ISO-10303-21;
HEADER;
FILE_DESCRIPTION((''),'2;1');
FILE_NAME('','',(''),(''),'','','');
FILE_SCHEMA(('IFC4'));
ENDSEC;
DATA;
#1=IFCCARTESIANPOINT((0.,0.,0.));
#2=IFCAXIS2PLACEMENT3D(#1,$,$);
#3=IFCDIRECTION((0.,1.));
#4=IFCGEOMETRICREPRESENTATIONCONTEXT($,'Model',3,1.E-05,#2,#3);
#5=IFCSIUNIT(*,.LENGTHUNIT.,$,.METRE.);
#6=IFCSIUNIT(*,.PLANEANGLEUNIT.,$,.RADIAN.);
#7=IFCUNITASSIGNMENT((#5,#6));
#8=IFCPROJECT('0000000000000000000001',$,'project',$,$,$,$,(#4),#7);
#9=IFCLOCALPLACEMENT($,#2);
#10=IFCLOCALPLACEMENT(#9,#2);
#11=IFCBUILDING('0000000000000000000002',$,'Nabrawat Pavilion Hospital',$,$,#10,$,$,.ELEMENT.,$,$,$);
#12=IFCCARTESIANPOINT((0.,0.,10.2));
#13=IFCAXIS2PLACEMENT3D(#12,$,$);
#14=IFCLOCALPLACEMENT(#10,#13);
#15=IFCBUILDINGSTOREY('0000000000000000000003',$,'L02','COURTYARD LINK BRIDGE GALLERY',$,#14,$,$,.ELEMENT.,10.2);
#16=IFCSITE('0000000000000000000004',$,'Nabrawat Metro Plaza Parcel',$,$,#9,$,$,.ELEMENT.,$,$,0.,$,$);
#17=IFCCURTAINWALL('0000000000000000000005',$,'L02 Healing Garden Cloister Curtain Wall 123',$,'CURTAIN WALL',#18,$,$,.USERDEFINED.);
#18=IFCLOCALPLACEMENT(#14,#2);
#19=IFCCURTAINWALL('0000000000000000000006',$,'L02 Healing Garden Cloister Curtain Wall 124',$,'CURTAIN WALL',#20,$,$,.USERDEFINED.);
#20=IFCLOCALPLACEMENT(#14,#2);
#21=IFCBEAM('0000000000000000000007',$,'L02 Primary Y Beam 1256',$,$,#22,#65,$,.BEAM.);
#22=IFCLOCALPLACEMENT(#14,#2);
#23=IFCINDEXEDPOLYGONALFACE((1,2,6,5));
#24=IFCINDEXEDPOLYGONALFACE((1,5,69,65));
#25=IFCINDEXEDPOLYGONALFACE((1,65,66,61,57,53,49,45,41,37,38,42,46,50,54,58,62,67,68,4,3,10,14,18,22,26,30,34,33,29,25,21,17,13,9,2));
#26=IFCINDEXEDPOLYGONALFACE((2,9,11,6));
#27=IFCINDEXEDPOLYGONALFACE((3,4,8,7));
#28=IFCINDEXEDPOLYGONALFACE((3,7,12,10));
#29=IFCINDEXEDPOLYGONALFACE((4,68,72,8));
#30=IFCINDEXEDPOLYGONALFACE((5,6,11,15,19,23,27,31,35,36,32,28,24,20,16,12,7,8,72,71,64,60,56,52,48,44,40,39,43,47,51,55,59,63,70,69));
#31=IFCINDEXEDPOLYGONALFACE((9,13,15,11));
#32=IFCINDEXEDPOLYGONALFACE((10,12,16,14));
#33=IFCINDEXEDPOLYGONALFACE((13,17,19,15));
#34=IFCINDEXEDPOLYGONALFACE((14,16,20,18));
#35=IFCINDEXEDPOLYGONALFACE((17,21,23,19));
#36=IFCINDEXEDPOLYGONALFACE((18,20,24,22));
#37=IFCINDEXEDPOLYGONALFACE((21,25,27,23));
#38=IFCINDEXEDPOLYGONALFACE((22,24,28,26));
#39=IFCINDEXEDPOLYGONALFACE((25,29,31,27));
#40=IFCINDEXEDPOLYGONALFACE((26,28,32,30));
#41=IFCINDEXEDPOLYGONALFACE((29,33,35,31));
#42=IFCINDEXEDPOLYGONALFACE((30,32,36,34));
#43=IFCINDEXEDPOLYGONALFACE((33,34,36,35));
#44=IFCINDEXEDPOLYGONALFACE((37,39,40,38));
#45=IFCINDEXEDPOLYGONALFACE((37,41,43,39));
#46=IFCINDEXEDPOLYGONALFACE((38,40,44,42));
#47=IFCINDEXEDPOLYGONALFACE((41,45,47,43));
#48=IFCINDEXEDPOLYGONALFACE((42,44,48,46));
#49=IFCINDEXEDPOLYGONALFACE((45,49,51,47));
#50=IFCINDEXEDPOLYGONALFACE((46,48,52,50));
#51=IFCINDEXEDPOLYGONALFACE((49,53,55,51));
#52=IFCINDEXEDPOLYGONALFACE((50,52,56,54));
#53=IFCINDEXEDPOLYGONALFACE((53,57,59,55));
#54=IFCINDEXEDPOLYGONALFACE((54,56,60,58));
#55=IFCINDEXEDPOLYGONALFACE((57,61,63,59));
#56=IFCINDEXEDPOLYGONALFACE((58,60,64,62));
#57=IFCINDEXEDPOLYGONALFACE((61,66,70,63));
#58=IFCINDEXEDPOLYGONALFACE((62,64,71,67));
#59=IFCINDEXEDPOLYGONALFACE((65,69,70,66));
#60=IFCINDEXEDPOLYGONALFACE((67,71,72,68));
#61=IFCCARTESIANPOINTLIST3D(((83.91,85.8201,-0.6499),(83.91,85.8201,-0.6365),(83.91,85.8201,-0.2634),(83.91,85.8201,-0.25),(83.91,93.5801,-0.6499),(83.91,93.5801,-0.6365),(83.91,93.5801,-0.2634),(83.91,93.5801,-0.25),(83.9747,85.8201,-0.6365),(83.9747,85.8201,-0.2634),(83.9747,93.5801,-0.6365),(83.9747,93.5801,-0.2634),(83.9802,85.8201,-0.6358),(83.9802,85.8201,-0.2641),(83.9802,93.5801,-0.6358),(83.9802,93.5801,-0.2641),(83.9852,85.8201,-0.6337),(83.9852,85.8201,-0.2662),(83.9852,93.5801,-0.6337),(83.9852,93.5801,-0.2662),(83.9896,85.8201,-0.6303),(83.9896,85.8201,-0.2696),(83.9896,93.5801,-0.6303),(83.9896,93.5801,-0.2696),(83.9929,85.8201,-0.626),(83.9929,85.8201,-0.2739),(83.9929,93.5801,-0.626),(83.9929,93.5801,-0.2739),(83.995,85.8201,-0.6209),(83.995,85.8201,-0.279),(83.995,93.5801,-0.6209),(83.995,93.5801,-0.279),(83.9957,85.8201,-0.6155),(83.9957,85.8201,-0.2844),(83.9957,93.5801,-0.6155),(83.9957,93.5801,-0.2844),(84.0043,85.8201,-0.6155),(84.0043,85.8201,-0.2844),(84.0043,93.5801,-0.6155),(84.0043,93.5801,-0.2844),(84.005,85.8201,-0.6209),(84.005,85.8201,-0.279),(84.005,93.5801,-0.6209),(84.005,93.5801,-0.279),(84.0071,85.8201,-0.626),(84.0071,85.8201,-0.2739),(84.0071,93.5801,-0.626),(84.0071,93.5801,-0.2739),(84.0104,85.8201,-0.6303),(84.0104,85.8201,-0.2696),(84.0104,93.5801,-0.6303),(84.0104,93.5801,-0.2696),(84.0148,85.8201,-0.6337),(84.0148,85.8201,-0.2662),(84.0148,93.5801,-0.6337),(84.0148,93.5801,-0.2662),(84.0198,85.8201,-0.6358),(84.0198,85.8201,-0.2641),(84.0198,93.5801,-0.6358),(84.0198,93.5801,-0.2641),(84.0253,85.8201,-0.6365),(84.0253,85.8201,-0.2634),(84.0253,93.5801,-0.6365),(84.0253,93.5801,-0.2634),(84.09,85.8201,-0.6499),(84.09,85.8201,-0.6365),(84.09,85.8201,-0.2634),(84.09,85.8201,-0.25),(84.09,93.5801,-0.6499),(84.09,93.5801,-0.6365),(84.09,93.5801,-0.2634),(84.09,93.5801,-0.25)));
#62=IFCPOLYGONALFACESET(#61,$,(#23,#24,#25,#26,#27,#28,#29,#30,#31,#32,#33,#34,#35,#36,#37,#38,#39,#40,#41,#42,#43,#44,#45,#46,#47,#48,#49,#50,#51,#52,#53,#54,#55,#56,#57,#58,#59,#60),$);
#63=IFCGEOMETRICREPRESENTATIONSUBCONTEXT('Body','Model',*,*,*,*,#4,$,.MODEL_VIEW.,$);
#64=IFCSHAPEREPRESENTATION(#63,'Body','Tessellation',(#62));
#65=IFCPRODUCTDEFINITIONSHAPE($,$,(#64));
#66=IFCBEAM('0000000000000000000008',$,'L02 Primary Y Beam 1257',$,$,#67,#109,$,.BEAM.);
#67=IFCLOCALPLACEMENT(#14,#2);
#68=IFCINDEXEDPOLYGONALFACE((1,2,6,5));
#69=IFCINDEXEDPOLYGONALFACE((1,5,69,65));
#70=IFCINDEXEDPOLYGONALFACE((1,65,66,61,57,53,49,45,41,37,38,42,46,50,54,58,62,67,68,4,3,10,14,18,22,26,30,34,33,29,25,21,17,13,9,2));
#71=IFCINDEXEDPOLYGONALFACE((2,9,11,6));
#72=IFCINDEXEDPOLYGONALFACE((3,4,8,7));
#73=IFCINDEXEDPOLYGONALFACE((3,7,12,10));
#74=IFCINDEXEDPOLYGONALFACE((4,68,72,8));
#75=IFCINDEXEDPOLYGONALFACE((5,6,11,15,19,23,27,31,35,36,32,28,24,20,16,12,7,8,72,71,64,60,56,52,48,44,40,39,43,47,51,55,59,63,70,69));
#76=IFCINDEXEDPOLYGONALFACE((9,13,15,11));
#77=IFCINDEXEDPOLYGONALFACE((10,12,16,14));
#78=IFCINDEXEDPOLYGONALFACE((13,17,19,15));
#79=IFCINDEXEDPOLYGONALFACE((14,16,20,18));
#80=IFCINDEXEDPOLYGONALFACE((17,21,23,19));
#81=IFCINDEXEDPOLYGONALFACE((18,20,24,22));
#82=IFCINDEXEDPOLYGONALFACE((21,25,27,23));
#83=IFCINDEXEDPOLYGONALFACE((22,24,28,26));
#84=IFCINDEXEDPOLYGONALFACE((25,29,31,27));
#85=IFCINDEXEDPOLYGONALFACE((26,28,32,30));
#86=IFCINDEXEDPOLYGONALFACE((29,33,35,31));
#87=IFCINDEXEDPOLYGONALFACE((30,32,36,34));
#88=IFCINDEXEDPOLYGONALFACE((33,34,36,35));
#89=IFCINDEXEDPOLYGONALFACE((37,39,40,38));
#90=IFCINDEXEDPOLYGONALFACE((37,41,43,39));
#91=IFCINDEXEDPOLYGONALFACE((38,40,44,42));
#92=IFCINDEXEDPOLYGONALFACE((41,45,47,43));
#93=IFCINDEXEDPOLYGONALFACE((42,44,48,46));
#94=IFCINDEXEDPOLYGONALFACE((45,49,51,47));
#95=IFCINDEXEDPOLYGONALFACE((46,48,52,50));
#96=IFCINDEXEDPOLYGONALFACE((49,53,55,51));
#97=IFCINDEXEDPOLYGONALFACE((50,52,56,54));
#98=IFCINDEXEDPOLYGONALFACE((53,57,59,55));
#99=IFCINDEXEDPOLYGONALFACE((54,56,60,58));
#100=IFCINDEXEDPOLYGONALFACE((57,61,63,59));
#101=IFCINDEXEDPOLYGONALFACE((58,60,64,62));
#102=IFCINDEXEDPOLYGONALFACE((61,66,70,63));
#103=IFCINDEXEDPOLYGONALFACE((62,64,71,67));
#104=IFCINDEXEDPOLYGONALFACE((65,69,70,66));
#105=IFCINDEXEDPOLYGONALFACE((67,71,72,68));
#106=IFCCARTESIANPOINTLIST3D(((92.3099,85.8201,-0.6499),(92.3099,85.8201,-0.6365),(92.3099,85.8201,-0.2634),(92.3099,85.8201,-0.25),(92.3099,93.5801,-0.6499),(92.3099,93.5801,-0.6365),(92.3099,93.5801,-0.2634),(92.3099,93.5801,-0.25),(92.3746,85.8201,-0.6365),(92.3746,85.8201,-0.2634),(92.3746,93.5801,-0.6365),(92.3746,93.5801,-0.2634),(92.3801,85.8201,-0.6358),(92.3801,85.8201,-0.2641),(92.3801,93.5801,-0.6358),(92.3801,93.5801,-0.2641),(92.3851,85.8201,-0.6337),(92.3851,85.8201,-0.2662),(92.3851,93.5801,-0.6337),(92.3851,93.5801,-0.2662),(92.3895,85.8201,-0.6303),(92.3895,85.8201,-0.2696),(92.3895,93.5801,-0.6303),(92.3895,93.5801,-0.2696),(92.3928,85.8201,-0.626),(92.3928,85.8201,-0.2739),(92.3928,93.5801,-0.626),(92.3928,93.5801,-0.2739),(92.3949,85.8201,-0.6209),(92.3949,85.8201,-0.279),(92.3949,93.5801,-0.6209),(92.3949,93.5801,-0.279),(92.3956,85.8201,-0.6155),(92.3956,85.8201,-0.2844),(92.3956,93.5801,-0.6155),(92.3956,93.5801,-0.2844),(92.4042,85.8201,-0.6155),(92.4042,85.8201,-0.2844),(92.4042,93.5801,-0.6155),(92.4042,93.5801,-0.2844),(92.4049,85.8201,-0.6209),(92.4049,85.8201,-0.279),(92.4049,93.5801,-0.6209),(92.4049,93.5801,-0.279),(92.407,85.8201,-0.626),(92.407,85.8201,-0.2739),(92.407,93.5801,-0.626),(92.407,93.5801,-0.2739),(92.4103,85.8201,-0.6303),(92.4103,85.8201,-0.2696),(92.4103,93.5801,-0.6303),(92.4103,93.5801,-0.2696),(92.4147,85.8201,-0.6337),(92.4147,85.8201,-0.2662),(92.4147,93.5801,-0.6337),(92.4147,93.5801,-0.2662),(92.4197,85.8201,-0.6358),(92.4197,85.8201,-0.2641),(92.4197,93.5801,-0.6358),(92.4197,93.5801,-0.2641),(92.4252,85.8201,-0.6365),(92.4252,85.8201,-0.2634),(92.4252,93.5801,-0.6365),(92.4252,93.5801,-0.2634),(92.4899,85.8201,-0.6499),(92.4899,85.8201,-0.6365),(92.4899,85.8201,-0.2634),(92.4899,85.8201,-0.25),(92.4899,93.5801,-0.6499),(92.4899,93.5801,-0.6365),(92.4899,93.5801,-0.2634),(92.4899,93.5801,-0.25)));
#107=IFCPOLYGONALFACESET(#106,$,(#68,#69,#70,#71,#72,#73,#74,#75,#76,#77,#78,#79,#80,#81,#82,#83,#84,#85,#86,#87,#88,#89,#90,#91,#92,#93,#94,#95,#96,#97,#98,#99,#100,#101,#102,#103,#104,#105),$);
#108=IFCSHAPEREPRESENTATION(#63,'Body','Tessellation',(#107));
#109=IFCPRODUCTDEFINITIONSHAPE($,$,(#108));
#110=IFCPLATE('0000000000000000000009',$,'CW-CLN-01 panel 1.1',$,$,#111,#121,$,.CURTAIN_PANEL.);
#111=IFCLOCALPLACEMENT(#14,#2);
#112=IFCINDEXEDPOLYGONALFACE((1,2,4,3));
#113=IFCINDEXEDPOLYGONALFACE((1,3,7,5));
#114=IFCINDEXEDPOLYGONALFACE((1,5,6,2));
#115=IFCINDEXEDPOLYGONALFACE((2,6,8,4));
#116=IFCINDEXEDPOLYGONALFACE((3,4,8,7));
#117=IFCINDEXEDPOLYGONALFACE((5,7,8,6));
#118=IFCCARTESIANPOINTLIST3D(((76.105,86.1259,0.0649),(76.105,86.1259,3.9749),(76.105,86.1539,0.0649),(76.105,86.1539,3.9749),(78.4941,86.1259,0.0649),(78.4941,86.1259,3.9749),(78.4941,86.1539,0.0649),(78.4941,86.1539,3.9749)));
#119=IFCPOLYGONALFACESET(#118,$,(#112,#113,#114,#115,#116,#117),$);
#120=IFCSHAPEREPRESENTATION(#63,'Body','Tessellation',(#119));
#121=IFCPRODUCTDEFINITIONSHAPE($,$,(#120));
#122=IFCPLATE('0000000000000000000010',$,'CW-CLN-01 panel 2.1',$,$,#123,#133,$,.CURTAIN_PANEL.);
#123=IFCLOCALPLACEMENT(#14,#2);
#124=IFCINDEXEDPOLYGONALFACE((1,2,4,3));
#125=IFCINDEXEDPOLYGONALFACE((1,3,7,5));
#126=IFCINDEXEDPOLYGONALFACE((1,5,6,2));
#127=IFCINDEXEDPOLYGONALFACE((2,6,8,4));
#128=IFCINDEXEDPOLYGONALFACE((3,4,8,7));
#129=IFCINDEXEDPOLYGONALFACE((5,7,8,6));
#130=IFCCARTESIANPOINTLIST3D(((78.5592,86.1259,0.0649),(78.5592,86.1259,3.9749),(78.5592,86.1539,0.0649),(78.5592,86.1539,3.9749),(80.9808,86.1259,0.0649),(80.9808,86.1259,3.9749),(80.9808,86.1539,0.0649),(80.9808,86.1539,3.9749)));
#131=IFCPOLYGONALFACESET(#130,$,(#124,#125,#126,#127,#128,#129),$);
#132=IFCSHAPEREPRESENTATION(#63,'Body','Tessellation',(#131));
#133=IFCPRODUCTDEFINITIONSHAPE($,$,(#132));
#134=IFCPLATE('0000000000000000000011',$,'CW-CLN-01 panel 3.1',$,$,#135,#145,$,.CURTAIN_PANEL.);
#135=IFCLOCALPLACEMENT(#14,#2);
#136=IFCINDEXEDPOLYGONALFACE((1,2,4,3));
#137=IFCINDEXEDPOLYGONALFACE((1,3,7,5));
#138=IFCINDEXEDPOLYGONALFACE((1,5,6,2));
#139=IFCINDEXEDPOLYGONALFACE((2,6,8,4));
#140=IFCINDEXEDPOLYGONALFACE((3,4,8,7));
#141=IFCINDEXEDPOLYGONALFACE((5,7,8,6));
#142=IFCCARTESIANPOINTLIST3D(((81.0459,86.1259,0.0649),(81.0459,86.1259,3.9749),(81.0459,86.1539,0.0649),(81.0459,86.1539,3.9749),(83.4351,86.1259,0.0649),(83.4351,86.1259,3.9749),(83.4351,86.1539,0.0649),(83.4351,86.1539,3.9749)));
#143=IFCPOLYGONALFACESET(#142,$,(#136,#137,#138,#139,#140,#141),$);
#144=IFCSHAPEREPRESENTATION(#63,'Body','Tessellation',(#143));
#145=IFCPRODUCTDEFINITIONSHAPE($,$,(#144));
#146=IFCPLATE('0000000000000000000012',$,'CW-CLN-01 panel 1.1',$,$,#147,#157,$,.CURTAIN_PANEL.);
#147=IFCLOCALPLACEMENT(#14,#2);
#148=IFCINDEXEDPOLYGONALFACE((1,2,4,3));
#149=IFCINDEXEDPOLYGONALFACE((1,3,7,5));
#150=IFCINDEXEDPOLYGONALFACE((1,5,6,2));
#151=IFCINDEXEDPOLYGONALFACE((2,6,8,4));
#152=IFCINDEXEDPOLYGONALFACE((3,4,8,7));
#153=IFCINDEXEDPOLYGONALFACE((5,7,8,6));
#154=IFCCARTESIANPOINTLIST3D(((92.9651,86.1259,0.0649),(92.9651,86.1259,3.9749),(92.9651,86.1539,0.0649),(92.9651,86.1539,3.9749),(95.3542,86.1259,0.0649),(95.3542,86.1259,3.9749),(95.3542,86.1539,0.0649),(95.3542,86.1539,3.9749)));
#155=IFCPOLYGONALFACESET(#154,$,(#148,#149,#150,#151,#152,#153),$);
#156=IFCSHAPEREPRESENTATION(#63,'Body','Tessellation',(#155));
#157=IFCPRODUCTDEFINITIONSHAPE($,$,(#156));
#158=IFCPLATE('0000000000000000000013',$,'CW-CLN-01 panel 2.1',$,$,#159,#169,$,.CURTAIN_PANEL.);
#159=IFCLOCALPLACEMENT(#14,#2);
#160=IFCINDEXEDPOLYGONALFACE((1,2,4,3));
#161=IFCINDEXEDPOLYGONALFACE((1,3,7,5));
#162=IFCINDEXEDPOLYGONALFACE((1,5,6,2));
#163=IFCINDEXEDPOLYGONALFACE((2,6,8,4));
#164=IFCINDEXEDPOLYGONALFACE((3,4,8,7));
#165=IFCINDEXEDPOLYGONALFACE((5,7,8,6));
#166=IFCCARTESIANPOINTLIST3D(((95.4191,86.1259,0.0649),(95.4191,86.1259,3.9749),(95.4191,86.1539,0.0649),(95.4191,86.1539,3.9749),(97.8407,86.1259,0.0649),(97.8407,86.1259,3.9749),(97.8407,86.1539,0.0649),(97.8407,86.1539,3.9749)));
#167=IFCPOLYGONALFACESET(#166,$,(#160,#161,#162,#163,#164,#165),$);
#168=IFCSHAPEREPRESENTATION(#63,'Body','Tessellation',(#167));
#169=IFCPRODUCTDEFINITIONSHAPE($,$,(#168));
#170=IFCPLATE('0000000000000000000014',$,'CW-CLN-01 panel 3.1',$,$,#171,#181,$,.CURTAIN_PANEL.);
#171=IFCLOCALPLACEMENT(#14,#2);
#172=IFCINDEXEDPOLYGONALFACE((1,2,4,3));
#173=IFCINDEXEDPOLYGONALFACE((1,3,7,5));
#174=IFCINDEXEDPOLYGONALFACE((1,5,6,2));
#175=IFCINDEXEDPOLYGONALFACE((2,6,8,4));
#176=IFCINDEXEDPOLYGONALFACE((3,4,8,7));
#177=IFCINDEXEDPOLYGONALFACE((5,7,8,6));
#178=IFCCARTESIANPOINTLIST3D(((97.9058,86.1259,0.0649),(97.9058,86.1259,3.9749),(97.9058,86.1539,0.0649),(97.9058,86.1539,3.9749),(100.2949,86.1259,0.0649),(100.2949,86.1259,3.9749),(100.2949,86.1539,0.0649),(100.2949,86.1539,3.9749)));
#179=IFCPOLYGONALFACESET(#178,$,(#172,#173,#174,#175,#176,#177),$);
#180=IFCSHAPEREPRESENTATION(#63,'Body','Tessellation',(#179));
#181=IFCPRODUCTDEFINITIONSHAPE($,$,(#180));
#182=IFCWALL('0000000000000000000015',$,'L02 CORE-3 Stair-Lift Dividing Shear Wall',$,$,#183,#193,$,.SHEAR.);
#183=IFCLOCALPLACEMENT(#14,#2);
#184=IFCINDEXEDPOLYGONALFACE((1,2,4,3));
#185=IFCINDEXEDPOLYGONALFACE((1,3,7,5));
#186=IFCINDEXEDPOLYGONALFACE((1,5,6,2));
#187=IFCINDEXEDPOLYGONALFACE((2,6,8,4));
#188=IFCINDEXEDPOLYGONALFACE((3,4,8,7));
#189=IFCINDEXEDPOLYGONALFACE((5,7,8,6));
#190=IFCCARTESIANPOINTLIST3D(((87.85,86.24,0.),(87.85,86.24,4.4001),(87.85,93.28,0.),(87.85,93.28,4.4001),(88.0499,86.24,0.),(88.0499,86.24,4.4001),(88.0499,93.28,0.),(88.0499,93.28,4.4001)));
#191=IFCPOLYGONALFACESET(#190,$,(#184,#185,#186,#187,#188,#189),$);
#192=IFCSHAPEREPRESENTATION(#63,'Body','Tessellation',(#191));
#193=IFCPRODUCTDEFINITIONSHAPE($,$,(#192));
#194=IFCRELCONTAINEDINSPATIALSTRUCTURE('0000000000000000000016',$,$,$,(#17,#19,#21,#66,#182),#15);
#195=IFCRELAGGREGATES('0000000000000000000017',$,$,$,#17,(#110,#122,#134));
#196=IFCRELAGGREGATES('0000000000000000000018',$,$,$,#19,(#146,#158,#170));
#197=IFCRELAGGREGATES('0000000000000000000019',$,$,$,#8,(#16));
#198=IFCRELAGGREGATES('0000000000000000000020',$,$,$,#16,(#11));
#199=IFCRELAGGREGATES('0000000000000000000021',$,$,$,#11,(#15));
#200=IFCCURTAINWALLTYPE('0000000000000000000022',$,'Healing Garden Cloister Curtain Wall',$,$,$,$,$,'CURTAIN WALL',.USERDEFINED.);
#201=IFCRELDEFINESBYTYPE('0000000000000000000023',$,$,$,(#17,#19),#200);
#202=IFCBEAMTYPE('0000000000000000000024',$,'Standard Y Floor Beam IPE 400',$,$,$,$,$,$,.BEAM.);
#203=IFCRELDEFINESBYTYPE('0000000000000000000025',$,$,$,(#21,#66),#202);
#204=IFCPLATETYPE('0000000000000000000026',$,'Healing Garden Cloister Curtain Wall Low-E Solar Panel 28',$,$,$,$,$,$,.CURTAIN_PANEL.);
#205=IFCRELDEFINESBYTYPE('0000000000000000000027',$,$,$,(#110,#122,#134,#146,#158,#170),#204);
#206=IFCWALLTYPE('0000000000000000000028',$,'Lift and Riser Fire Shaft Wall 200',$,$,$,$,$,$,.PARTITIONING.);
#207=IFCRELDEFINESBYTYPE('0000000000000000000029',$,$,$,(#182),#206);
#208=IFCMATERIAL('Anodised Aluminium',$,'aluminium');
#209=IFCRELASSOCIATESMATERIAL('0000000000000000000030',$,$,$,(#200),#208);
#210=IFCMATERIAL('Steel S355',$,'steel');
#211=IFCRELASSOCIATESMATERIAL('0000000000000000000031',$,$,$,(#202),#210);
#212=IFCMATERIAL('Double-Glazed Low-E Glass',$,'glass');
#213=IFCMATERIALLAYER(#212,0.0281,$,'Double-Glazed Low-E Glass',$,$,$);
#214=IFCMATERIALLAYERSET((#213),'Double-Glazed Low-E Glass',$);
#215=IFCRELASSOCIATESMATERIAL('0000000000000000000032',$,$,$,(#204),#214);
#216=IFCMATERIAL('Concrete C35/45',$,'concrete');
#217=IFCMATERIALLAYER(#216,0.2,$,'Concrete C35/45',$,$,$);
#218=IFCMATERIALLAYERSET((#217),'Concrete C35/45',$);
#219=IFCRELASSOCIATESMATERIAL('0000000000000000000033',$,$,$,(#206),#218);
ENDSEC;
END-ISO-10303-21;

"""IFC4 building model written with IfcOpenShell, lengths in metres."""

from ifc_helpers import new_model, si_unit, direction, frame, frame_2d, origin, origin_2d, place, context, subcontext, project, spatial, rectangle, i_section, extrude, material, layer, layer_set, material_profile, profile_set, type_object, element, aggregate, save


model = new_model("IFC4")

# Units and contexts
model_context = context("Model", 3, precision=1e-05, world=origin(), true_north=direction((0.0, 1.0)))
body_context = subcontext(model_context, "Body", "Model", "MODEL_VIEW")
ifc_project = project(units=[si_unit("LENGTHUNIT", "METRE"), si_unit("PLANEANGLEUNIT", "RADIAN")], contexts=[model_context])

# Site, building, storey
site_placement = place(None, origin())
site = spatial("IfcSite", under=ifc_project, at=site_placement, Name="Nabrawat Metro Plaza Parcel", CompositionType="ELEMENT", RefElevation=0.0)
building_placement = place(site_placement, origin())
building = spatial("IfcBuilding", under=site, at=building_placement, Name="Nabrawat Pavilion Hospital", CompositionType="ELEMENT")
storey_placement = place(building_placement, frame((0.0, 0.0, 10.2)))
storey = spatial("IfcBuildingStorey", under=building, at=storey_placement, Name="L02", Description="COURTYARD LINK BRIDGE GALLERY", CompositionType="ELEMENT", Elevation=10.2)

# Curtain walls
ifc_material_1 = material(Name="Anodised Aluminium", Category="aluminium")
curtain_wall_type = type_object("IfcCurtainWallType", Name="Healing Garden Cloister Curtain Wall", ElementType="CURTAIN WALL", PredefinedType="USERDEFINED", material=ifc_material_1)
curtain_wall_1_placement = place(storey_placement, origin())
curtain_wall_1 = element("IfcCurtainWall", 1, at=curtain_wall_1_placement, inside=storey, type_object=curtain_wall_type, Name="L02 Healing Garden Cloister Curtain Wall 123", ObjectType="CURTAIN WALL", PredefinedType="USERDEFINED")
curtain_wall_2_placement = place(storey_placement, origin())
curtain_wall_2 = element("IfcCurtainWall", 2, at=curtain_wall_2_placement, inside=storey, type_object=curtain_wall_type, Name="L02 Healing Garden Cloister Curtain Wall 124", ObjectType="CURTAIN WALL", PredefinedType="USERDEFINED")

# Beams
ifc_material_2 = material(Name="Steel S355", Category="steel")
ifc_material_profile_1 = material_profile(ifc_material_2, i_section(OverallWidth=0.1799, OverallDepth=0.3999, WebThickness=0.0085, FlangeThickness=0.0134, FilletRadius=0.021, at=origin_2d()), Name="IPE 400")
ifc_profile_set_1 = profile_set([ifc_material_profile_1], Name="Steel S355")
beam_type_1 = type_object("IfcBeamType", Name="Standard Y Floor Beam IPE 400", PredefinedType="BEAM", material=ifc_profile_set_1)
for number, where, z_axis, x_axis, name in (
    (3, (84.0, 85.8201, -0.45), (0.0, 1.0, 0.0), (-1.0, 0.0, 0.0), "L02 Primary Y Beam 1256"),
    (4, (92.3999, 85.8201, -0.45), (0.0, 1.0, 0.0), (-1.0, 0.0, 0.0), "L02 Primary Y Beam 1257"),
):
    element("IfcBeam", number, at=place(storey_placement, frame(where, z_axis=z_axis, x_axis=x_axis)), inside=storey, type_object=beam_type_1, Name=name, PredefinedType="BEAM", context=body_context, shape_type="SweptSolid", body=[
        extrude(i_section(OverallWidth=0.1799, OverallDepth=0.3999, WebThickness=0.0085, FlangeThickness=0.0134, FilletRadius=0.021, at=origin_2d()), origin(), (0.0, 0.0, 1.0), 7.76),
    ])

# Plates
ifc_material_3 = material(Name="Double-Glazed Low-E Glass", Category="glass")
ifc_layer_1 = layer(ifc_material_3, 0.0281, Name="Double-Glazed Low-E Glass")
ifc_layer_set_1 = layer_set([ifc_layer_1], Name="Double-Glazed Low-E Glass")
plate_type = type_object("IfcPlateType", Name="Healing Garden Cloister Curtain Wall Low-E Solar Panel 28", PredefinedType="CURTAIN_PANEL", material=ifc_layer_set_1)
plate_1_placement = place(storey_placement, frame((77.2996, 86.1399, 0.0649), z_axis=(0.0, 0.0, 1.0), x_axis=(1.0, 0.0, 0.0)))
plate_1 = element("IfcPlate", 5, at=plate_1_placement, type_object=plate_type, Name="CW-CLN-01 panel 1.1", PredefinedType="CURTAIN_PANEL", context=body_context, shape_type="SweptSolid", body=[
    extrude(rectangle(XDim=2.3892, YDim=0.0281, at=origin_2d()), origin(), (0.0, 0.0, 1.0), 3.9099),
])
plate_2_placement = place(storey_placement, frame((79.77, 86.1399, 0.0649), z_axis=(0.0, 0.0, 1.0), x_axis=(1.0, 0.0, 0.0)))
plate_2 = element("IfcPlate", 6, at=plate_2_placement, type_object=plate_type, Name="CW-CLN-01 panel 2.1", PredefinedType="CURTAIN_PANEL", context=body_context, shape_type="SweptSolid", body=[
    extrude(rectangle(XDim=2.4216, YDim=0.0281, at=origin_2d()), origin(), (0.0, 0.0, 1.0), 3.9099),
])
plate_3_placement = place(storey_placement, frame((82.2405, 86.1399, 0.0649), z_axis=(0.0, 0.0, 1.0), x_axis=(1.0, 0.0, 0.0)))
plate_3 = element("IfcPlate", 7, at=plate_3_placement, type_object=plate_type, Name="CW-CLN-01 panel 3.1", PredefinedType="CURTAIN_PANEL", context=body_context, shape_type="SweptSolid", body=[
    extrude(rectangle(XDim=2.3892, YDim=0.0281, at=origin_2d()), origin(), (0.0, 0.0, 1.0), 3.9099),
])
aggregate(curtain_wall_1, [plate_1, plate_2, plate_3])
plate_4_placement = place(storey_placement, frame((94.1597, 86.1399, 0.0649), z_axis=(0.0, 0.0, 1.0), x_axis=(1.0, 0.0, 0.0)))
plate_4 = element("IfcPlate", 8, at=plate_4_placement, type_object=plate_type, Name="CW-CLN-01 panel 1.1", PredefinedType="CURTAIN_PANEL", context=body_context, shape_type="SweptSolid", body=[
    extrude(rectangle(XDim=2.3892, YDim=0.0281, at=origin_2d()), origin(), (0.0, 0.0, 1.0), 3.9099),
])
plate_5_placement = place(storey_placement, frame((96.6299, 86.1399, 0.0649), z_axis=(0.0, 0.0, 1.0), x_axis=(1.0, 0.0, 0.0)))
plate_5 = element("IfcPlate", 9, at=plate_5_placement, type_object=plate_type, Name="CW-CLN-01 panel 2.1", PredefinedType="CURTAIN_PANEL", context=body_context, shape_type="SweptSolid", body=[
    extrude(rectangle(XDim=2.4216, YDim=0.0281, at=origin_2d()), origin(), (0.0, 0.0, 1.0), 3.9099),
])
plate_6_placement = place(storey_placement, frame((99.1003, 86.1399, 0.0649), z_axis=(0.0, 0.0, 1.0), x_axis=(1.0, 0.0, 0.0)))
plate_6 = element("IfcPlate", 10, at=plate_6_placement, type_object=plate_type, Name="CW-CLN-01 panel 3.1", PredefinedType="CURTAIN_PANEL", context=body_context, shape_type="SweptSolid", body=[
    extrude(rectangle(XDim=2.3892, YDim=0.0281, at=origin_2d()), origin(), (0.0, 0.0, 1.0), 3.9099),
])
aggregate(curtain_wall_2, [plate_4, plate_5, plate_6])

# Wall
ifc_material_4 = material(Name="Concrete C35/45", Category="concrete")
ifc_layer_2 = layer(ifc_material_4, 0.2, Name="Concrete C35/45")
ifc_layer_set_2 = layer_set([ifc_layer_2], Name="Concrete C35/45")
wall_type_1 = type_object("IfcWallType", Name="Lift and Riser Fire Shaft Wall 200", PredefinedType="PARTITIONING", material=ifc_layer_set_2)
wall_1_placement = place(storey_placement, frame((87.95, 86.24, 0.0), z_axis=(0.0, 0.0, 1.0), x_axis=(0.0, 1.0, 0.0)))
element("IfcWall", 11, at=wall_1_placement, inside=storey, type_object=wall_type_1, Name="L02 CORE-3 Stair-Lift Dividing Shear Wall", PredefinedType="SHEAR", context=body_context, shape_type="SweptSolid", body=[
    extrude(rectangle(XDim=7.04, YDim=0.2, at=frame_2d((3.52, 0.0))), origin(), (0.0, 0.0, 1.0), 4.4001),
])

save(model, "model.ifc")
